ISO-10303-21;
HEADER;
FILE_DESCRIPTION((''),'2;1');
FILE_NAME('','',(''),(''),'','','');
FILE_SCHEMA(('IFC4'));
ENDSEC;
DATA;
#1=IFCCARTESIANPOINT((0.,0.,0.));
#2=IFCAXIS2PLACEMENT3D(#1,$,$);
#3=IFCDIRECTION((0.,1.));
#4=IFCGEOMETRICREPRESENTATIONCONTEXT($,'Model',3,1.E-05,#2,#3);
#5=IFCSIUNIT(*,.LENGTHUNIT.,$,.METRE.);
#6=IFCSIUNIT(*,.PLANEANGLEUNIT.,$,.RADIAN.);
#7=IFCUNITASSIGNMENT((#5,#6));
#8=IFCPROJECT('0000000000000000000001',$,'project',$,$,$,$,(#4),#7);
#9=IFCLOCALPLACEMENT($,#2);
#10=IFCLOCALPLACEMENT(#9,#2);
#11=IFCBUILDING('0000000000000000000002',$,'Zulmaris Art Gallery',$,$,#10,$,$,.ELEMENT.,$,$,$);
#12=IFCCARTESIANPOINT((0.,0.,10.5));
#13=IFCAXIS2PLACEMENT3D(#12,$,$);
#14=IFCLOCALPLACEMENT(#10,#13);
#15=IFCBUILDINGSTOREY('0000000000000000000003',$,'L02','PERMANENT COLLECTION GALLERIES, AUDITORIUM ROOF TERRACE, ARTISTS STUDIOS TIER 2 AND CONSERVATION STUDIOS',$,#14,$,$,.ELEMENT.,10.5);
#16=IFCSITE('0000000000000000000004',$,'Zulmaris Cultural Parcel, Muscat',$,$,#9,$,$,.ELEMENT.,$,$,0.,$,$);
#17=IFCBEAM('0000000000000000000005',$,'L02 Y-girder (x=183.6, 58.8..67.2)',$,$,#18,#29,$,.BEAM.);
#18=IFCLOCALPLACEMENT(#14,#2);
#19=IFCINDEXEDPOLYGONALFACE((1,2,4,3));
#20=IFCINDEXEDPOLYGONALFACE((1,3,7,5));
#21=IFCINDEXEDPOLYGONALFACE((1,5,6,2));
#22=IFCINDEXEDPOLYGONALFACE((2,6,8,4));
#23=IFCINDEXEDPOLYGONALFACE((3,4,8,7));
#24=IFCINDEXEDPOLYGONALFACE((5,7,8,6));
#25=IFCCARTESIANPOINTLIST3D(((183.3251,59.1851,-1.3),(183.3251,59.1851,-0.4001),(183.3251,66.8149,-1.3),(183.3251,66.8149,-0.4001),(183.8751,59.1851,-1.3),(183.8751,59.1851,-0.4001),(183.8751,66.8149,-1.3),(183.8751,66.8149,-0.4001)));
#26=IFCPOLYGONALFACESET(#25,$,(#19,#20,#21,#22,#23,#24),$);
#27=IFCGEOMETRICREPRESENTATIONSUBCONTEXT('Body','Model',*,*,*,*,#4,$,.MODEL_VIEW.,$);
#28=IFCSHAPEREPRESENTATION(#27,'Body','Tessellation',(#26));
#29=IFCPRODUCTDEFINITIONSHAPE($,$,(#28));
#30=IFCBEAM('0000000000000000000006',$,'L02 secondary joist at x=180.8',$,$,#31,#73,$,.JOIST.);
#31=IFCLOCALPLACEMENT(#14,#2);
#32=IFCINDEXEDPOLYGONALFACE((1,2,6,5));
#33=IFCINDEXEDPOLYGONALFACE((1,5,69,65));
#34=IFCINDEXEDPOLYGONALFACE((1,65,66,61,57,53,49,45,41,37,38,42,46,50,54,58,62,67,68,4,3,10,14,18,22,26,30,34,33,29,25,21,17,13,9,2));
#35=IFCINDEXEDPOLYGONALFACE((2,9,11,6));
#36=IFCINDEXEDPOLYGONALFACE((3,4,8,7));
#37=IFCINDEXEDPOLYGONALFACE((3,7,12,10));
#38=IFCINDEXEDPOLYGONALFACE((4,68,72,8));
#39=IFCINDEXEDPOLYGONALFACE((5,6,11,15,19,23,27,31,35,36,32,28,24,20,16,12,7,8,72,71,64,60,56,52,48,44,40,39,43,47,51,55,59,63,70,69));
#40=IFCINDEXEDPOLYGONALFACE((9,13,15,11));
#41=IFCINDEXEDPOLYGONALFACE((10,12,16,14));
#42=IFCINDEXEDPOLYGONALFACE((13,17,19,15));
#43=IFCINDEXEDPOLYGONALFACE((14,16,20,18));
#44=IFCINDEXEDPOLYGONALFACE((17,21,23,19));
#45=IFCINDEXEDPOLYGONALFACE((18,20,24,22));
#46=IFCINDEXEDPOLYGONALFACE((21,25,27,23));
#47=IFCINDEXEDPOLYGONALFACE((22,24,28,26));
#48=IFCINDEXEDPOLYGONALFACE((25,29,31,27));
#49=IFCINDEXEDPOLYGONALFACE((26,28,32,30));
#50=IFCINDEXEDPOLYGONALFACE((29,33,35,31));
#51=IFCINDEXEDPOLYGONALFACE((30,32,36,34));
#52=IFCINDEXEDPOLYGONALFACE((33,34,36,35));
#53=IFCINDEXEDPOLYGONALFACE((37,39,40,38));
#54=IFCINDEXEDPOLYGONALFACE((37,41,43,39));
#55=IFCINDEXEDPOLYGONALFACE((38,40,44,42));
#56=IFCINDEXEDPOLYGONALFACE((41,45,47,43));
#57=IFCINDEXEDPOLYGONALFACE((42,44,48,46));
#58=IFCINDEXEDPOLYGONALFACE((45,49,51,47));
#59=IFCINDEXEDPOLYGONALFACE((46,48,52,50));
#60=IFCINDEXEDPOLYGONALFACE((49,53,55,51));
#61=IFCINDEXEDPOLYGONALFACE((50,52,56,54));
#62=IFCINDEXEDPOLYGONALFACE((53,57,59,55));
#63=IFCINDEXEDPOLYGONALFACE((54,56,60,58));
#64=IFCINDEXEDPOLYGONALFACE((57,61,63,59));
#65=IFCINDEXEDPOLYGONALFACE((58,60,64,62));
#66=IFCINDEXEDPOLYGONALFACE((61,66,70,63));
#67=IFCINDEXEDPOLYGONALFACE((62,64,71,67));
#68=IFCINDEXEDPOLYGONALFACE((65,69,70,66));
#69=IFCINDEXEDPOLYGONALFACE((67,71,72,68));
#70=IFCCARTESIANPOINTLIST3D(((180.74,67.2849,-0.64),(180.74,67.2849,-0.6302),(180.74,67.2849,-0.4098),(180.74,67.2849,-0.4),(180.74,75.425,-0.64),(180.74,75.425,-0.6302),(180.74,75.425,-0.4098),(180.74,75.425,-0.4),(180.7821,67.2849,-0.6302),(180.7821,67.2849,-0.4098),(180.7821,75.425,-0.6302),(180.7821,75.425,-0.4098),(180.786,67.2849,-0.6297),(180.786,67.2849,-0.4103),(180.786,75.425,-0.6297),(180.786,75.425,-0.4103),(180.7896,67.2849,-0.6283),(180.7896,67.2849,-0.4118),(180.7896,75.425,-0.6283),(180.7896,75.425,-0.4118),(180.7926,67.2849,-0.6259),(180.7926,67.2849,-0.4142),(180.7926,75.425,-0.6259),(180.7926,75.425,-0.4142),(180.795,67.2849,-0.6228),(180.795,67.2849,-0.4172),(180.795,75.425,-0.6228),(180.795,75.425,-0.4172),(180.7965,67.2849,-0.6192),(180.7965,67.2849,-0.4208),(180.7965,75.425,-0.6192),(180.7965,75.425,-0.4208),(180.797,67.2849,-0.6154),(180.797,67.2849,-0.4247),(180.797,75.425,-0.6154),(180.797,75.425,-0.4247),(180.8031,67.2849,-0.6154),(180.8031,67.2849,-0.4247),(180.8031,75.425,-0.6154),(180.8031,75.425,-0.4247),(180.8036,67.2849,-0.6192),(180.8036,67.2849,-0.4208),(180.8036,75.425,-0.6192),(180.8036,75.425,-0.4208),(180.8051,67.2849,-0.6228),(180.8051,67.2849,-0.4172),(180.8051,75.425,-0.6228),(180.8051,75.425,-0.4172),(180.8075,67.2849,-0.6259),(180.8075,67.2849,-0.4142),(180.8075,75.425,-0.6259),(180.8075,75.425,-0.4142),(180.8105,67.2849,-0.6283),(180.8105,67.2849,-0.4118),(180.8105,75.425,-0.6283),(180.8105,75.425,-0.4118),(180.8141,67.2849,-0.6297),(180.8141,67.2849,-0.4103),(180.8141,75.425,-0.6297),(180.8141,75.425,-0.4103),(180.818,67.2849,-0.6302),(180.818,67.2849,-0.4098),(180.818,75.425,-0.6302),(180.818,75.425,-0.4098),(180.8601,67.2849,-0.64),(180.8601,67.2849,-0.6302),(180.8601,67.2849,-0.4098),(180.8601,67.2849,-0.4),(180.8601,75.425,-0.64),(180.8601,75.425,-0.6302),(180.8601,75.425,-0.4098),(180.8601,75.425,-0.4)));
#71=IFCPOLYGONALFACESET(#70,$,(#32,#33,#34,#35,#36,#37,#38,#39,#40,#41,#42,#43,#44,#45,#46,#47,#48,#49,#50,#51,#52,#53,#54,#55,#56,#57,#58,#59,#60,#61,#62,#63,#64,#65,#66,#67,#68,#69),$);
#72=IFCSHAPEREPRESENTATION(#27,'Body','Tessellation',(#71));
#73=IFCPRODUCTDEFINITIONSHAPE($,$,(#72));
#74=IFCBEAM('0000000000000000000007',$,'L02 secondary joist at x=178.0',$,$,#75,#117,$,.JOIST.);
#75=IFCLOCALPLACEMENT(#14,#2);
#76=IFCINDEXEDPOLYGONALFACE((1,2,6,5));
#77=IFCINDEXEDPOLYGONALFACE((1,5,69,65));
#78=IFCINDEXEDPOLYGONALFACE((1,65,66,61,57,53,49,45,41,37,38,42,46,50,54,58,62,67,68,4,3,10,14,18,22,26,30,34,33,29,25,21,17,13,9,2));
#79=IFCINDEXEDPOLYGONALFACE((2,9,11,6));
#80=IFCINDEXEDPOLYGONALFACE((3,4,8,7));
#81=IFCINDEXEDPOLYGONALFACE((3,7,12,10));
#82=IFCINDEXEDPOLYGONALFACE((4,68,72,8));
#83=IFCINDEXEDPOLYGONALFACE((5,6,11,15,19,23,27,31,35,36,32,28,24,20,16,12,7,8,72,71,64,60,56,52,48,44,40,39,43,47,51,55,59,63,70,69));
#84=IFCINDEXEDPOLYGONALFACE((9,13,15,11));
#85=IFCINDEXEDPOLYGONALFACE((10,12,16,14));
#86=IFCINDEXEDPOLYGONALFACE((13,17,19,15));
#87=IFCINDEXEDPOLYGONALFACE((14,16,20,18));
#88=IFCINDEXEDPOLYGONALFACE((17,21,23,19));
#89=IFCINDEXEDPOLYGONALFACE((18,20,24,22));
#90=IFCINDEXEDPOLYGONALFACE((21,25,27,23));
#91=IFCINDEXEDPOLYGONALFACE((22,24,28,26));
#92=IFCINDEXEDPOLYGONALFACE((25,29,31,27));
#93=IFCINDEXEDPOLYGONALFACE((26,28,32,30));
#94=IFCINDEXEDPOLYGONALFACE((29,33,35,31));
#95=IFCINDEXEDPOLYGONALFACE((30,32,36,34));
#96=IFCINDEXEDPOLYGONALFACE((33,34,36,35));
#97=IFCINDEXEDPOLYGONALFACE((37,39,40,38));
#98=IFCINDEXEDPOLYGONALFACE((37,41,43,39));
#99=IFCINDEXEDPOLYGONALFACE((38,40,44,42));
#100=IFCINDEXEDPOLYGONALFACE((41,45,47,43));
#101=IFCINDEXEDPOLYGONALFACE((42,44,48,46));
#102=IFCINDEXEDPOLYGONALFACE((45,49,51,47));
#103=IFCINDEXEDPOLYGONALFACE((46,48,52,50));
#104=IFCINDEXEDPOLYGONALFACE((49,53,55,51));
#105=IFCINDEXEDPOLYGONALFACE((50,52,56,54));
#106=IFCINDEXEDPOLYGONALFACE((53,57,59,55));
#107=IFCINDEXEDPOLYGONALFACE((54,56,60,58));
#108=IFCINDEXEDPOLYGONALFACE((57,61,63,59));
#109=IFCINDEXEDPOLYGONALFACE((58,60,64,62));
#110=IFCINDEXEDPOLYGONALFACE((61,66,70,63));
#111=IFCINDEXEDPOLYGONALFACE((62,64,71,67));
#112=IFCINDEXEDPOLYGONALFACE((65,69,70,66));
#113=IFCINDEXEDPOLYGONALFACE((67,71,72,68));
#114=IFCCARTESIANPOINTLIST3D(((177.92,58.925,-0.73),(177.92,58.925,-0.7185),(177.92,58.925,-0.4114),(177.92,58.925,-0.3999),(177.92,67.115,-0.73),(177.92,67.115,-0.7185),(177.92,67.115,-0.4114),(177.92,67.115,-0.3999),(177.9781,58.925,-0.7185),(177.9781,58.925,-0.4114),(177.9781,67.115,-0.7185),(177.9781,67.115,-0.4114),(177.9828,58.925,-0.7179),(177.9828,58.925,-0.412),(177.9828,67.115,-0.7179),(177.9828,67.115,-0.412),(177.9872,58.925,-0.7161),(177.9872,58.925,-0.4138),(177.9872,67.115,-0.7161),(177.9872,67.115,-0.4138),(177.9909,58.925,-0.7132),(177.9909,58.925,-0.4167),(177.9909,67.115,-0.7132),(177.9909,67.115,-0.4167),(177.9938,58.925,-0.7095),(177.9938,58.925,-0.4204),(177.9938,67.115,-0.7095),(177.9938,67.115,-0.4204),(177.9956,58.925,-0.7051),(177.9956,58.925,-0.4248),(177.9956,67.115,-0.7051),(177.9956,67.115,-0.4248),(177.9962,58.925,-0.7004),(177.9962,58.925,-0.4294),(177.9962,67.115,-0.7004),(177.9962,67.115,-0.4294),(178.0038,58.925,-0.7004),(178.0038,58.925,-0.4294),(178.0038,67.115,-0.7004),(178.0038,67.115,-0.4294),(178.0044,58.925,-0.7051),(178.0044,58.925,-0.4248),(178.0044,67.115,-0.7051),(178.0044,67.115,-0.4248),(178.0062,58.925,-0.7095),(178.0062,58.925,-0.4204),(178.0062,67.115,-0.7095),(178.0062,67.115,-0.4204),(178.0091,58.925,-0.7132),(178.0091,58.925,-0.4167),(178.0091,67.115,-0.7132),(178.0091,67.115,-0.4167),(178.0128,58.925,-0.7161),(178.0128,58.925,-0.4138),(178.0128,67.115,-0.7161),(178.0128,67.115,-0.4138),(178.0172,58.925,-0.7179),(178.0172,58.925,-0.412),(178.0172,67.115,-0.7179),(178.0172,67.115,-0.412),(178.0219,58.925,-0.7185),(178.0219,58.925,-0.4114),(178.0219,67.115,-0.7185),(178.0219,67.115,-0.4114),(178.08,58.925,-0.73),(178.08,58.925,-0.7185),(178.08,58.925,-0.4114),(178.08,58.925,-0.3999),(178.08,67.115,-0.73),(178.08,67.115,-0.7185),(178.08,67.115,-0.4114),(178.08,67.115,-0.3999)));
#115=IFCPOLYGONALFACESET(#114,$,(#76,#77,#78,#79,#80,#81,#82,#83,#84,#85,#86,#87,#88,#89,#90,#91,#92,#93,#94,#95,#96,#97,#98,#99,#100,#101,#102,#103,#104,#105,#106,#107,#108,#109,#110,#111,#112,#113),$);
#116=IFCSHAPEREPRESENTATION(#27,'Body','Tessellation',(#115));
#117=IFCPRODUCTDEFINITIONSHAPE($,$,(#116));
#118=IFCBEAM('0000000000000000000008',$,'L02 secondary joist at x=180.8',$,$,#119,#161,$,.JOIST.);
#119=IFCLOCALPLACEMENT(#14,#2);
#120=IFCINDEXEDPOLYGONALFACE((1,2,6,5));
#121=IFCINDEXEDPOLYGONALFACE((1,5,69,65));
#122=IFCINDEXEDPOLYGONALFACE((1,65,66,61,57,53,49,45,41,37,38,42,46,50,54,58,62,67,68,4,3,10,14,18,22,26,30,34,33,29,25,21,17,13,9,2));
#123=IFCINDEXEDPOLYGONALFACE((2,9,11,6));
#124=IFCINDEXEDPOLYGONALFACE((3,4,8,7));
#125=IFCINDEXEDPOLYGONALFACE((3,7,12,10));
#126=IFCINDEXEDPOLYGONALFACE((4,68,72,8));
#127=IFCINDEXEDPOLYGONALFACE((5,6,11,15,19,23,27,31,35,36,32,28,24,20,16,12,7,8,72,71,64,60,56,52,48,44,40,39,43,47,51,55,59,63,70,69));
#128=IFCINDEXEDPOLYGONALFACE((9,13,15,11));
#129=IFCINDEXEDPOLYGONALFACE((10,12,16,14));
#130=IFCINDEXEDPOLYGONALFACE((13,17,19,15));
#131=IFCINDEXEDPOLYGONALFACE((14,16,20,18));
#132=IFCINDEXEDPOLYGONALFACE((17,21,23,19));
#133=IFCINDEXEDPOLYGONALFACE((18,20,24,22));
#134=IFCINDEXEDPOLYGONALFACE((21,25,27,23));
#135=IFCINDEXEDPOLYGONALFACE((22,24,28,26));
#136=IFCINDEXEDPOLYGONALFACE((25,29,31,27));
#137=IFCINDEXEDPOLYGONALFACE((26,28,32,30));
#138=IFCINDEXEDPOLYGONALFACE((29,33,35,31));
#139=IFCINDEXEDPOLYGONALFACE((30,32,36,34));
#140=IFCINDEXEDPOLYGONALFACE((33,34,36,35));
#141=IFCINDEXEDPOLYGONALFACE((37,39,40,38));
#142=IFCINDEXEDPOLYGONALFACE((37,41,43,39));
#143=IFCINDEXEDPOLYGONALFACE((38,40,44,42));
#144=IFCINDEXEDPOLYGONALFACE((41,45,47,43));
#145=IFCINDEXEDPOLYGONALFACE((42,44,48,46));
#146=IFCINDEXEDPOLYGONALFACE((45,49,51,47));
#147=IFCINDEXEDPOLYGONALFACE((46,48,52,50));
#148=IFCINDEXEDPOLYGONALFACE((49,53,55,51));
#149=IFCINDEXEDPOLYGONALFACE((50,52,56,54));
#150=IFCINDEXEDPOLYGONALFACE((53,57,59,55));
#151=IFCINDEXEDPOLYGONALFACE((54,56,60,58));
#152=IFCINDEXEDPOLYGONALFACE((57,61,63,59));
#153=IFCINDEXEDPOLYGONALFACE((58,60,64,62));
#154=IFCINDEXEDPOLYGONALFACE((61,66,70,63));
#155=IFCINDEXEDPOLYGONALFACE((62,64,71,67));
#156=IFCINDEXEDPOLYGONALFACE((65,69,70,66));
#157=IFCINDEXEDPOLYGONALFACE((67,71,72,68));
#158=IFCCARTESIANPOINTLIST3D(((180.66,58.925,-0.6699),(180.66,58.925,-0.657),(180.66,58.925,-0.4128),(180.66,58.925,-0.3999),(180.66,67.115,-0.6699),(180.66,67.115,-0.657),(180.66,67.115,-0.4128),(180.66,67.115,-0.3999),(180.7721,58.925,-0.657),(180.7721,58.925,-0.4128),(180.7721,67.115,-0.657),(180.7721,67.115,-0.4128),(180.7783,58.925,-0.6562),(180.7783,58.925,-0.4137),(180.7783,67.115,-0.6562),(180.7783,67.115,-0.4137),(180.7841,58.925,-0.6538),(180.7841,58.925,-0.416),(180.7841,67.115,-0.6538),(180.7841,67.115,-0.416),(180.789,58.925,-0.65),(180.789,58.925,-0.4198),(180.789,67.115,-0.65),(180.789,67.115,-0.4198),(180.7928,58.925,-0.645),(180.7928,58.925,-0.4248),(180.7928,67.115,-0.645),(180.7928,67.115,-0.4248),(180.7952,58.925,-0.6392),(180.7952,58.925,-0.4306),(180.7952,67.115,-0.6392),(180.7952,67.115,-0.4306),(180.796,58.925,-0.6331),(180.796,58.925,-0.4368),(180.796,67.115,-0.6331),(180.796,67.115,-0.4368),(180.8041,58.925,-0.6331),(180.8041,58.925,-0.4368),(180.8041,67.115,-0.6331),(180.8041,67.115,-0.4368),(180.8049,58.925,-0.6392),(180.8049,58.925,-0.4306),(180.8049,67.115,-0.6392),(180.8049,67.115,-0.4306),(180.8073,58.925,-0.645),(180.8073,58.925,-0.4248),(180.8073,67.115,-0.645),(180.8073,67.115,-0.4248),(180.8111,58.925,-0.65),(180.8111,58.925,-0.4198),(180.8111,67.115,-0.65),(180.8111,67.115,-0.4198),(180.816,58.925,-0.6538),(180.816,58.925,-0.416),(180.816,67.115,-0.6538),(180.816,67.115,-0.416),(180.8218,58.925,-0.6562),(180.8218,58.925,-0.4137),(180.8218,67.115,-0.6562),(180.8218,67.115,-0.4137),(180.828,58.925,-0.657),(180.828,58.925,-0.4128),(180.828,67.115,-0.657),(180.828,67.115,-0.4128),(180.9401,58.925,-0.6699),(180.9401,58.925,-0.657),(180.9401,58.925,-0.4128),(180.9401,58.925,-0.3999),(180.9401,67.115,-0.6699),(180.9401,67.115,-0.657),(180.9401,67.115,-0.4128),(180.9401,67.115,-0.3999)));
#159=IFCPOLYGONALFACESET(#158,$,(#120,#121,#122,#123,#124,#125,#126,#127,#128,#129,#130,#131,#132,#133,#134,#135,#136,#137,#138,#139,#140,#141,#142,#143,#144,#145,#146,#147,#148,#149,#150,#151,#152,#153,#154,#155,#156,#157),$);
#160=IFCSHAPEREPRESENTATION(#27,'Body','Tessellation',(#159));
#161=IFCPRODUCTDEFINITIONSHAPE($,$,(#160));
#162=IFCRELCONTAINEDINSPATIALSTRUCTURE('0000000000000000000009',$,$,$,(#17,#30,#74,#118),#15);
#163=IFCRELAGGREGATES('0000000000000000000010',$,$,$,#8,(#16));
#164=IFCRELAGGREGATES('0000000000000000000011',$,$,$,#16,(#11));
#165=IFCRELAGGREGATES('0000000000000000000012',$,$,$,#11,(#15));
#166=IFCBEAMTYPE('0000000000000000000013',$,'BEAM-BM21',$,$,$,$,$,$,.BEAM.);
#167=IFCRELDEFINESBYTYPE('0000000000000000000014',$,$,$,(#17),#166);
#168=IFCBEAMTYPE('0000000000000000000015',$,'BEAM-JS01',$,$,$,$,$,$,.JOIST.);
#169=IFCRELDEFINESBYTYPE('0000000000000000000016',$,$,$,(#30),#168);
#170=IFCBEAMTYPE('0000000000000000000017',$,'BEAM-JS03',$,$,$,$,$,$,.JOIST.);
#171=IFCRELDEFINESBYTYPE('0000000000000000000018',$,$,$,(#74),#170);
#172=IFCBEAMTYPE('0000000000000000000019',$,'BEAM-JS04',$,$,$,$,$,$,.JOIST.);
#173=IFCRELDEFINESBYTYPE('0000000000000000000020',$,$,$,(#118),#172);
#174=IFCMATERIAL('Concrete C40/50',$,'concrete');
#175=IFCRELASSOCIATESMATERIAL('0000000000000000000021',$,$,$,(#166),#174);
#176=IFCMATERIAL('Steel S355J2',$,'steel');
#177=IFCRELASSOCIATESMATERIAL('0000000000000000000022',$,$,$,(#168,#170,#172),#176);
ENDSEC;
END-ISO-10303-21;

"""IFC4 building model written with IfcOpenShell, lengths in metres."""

from ifc_helpers import new_model, si_unit, direction, frame, origin, origin_2d, place, context, subcontext, project, spatial, rectangle, i_section, extrude, material, material_profile, profile_set, type_object, element, save


model = new_model("IFC4")

# Units and contexts
model_context = context("Model", 3, precision=1e-05, world=origin(), true_north=direction((0.0, 1.0)))
body_context = subcontext(model_context, "Body", "Model", "MODEL_VIEW")
ifc_project = project(units=[si_unit("LENGTHUNIT", "METRE"), si_unit("PLANEANGLEUNIT", "RADIAN")], contexts=[model_context])

# Site, building, storey
site_placement = place(None, origin())
site = spatial("IfcSite", under=ifc_project, at=site_placement, Name="Zulmaris Cultural Parcel, Muscat", CompositionType="ELEMENT", RefElevation=0.0)
building_placement = place(site_placement, origin())
building = spatial("IfcBuilding", under=site, at=building_placement, Name="Zulmaris Art Gallery", CompositionType="ELEMENT")
storey_placement = place(building_placement, frame((0.0, 0.0, 10.5)))
storey = spatial("IfcBuildingStorey", under=building, at=storey_placement, Name="L02", Description="PERMANENT COLLECTION GALLERIES, AUDITORIUM ROOF TERRACE, ARTISTS STUDIOS TIER 2 AND CONSERVATION STUDIOS", CompositionType="ELEMENT", Elevation=10.5)

# Shared definitions
ifc_material_1 = material(Name="Concrete C40/50", Category="concrete")

# Beams
ifc_material_2 = material(Name="Steel S355J2", Category="steel")
ifc_material_profile_1 = material_profile(ifc_material_1, rectangle(XDim=0.55, YDim=0.8999, at=origin_2d()), Name="RC 550x900")
ifc_profile_set_1 = profile_set([ifc_material_profile_1], Name="Concrete C40/50")
beam_type_1 = type_object("IfcBeamType", Name="BEAM-BM21", PredefinedType="BEAM", material=ifc_profile_set_1)
beam_1_placement = place(storey_placement, frame((183.6001, 59.1851, -0.8501), z_axis=(0.0, 1.0, 0.0), x_axis=(-1.0, 0.0, 0.0)))
element("IfcBeam", 1, at=beam_1_placement, inside=storey, type_object=beam_type_1, Name="L02 Y-girder (x=183.6, 58.8..67.2)", PredefinedType="BEAM", context=body_context, shape_type="SweptSolid", body=[
    extrude(rectangle(XDim=0.55, YDim=0.8999, at=origin_2d()), origin(), (0.0, 0.0, 1.0), 7.6299),
])
ifc_material_profile_2 = material_profile(ifc_material_2, i_section(OverallWidth=0.1201, OverallDepth=0.24, WebThickness=0.0061, FlangeThickness=0.0098, FilletRadius=0.0149, at=origin_2d()), Name="IPE 240")
ifc_profile_set_2 = profile_set([ifc_material_profile_2], Name="Steel S355J2")
beam_type_2 = type_object("IfcBeamType", Name="BEAM-JS01", PredefinedType="JOIST", material=ifc_profile_set_2)
beam_2_placement = place(storey_placement, frame((180.8, 67.2849, -0.52), z_axis=(0.0, 1.0, 0.0), x_axis=(-1.0, 0.0, 0.0)))
element("IfcBeam", 2, at=beam_2_placement, inside=storey, type_object=beam_type_2, Name="L02 secondary joist at x=180.8", PredefinedType="JOIST", context=body_context, shape_type="SweptSolid", body=[
    extrude(i_section(OverallWidth=0.1201, OverallDepth=0.24, WebThickness=0.0061, FlangeThickness=0.0098, FilletRadius=0.0149, at=origin_2d()), origin(), (0.0, 0.0, 1.0), 8.1401),
])
ifc_material_profile_3 = material_profile(ifc_material_2, i_section(OverallWidth=0.1599, OverallDepth=0.3301, WebThickness=0.0076, FlangeThickness=0.0115, FilletRadius=0.0181, at=origin_2d()), Name="IPE 330")
ifc_profile_set_3 = profile_set([ifc_material_profile_3], Name="Steel S355J2")
beam_type_3 = type_object("IfcBeamType", Name="BEAM-JS03", PredefinedType="JOIST", material=ifc_profile_set_3)
beam_3_placement = place(storey_placement, frame((178.0, 58.925, -0.5649), z_axis=(0.0, 1.0, 0.0), x_axis=(-1.0, 0.0, 0.0)))
element("IfcBeam", 3, at=beam_3_placement, inside=storey, type_object=beam_type_3, Name="L02 secondary joist at x=178.0", PredefinedType="JOIST", context=body_context, shape_type="SweptSolid", body=[
    extrude(i_section(OverallWidth=0.1599, OverallDepth=0.3301, WebThickness=0.0076, FlangeThickness=0.0115, FilletRadius=0.0181, at=origin_2d()), origin(), (0.0, 0.0, 1.0), 8.1899),
])
ifc_material_profile_4 = material_profile(ifc_material_2, i_section(OverallWidth=0.28, OverallDepth=0.27, WebThickness=0.0081, FlangeThickness=0.0129, FilletRadius=0.0239, at=origin_2d()), Name="HEA 280")
ifc_profile_set_4 = profile_set([ifc_material_profile_4], Name="Steel S355J2")
beam_type_4 = type_object("IfcBeamType", Name="BEAM-JS04", PredefinedType="JOIST", material=ifc_profile_set_4)
beam_4_placement = place(storey_placement, frame((180.8, 58.925, -0.5349), z_axis=(0.0, 1.0, 0.0), x_axis=(-1.0, 0.0, 0.0)))
element("IfcBeam", 4, at=beam_4_placement, inside=storey, type_object=beam_type_4, Name="L02 secondary joist at x=180.8", PredefinedType="JOIST", context=body_context, shape_type="SweptSolid", body=[
    extrude(i_section(OverallWidth=0.28, OverallDepth=0.27, WebThickness=0.0081, FlangeThickness=0.0129, FilletRadius=0.0239, at=origin_2d()), origin(), (0.0, 0.0, 1.0), 8.1899),
])

save(model, "model.ifc")
